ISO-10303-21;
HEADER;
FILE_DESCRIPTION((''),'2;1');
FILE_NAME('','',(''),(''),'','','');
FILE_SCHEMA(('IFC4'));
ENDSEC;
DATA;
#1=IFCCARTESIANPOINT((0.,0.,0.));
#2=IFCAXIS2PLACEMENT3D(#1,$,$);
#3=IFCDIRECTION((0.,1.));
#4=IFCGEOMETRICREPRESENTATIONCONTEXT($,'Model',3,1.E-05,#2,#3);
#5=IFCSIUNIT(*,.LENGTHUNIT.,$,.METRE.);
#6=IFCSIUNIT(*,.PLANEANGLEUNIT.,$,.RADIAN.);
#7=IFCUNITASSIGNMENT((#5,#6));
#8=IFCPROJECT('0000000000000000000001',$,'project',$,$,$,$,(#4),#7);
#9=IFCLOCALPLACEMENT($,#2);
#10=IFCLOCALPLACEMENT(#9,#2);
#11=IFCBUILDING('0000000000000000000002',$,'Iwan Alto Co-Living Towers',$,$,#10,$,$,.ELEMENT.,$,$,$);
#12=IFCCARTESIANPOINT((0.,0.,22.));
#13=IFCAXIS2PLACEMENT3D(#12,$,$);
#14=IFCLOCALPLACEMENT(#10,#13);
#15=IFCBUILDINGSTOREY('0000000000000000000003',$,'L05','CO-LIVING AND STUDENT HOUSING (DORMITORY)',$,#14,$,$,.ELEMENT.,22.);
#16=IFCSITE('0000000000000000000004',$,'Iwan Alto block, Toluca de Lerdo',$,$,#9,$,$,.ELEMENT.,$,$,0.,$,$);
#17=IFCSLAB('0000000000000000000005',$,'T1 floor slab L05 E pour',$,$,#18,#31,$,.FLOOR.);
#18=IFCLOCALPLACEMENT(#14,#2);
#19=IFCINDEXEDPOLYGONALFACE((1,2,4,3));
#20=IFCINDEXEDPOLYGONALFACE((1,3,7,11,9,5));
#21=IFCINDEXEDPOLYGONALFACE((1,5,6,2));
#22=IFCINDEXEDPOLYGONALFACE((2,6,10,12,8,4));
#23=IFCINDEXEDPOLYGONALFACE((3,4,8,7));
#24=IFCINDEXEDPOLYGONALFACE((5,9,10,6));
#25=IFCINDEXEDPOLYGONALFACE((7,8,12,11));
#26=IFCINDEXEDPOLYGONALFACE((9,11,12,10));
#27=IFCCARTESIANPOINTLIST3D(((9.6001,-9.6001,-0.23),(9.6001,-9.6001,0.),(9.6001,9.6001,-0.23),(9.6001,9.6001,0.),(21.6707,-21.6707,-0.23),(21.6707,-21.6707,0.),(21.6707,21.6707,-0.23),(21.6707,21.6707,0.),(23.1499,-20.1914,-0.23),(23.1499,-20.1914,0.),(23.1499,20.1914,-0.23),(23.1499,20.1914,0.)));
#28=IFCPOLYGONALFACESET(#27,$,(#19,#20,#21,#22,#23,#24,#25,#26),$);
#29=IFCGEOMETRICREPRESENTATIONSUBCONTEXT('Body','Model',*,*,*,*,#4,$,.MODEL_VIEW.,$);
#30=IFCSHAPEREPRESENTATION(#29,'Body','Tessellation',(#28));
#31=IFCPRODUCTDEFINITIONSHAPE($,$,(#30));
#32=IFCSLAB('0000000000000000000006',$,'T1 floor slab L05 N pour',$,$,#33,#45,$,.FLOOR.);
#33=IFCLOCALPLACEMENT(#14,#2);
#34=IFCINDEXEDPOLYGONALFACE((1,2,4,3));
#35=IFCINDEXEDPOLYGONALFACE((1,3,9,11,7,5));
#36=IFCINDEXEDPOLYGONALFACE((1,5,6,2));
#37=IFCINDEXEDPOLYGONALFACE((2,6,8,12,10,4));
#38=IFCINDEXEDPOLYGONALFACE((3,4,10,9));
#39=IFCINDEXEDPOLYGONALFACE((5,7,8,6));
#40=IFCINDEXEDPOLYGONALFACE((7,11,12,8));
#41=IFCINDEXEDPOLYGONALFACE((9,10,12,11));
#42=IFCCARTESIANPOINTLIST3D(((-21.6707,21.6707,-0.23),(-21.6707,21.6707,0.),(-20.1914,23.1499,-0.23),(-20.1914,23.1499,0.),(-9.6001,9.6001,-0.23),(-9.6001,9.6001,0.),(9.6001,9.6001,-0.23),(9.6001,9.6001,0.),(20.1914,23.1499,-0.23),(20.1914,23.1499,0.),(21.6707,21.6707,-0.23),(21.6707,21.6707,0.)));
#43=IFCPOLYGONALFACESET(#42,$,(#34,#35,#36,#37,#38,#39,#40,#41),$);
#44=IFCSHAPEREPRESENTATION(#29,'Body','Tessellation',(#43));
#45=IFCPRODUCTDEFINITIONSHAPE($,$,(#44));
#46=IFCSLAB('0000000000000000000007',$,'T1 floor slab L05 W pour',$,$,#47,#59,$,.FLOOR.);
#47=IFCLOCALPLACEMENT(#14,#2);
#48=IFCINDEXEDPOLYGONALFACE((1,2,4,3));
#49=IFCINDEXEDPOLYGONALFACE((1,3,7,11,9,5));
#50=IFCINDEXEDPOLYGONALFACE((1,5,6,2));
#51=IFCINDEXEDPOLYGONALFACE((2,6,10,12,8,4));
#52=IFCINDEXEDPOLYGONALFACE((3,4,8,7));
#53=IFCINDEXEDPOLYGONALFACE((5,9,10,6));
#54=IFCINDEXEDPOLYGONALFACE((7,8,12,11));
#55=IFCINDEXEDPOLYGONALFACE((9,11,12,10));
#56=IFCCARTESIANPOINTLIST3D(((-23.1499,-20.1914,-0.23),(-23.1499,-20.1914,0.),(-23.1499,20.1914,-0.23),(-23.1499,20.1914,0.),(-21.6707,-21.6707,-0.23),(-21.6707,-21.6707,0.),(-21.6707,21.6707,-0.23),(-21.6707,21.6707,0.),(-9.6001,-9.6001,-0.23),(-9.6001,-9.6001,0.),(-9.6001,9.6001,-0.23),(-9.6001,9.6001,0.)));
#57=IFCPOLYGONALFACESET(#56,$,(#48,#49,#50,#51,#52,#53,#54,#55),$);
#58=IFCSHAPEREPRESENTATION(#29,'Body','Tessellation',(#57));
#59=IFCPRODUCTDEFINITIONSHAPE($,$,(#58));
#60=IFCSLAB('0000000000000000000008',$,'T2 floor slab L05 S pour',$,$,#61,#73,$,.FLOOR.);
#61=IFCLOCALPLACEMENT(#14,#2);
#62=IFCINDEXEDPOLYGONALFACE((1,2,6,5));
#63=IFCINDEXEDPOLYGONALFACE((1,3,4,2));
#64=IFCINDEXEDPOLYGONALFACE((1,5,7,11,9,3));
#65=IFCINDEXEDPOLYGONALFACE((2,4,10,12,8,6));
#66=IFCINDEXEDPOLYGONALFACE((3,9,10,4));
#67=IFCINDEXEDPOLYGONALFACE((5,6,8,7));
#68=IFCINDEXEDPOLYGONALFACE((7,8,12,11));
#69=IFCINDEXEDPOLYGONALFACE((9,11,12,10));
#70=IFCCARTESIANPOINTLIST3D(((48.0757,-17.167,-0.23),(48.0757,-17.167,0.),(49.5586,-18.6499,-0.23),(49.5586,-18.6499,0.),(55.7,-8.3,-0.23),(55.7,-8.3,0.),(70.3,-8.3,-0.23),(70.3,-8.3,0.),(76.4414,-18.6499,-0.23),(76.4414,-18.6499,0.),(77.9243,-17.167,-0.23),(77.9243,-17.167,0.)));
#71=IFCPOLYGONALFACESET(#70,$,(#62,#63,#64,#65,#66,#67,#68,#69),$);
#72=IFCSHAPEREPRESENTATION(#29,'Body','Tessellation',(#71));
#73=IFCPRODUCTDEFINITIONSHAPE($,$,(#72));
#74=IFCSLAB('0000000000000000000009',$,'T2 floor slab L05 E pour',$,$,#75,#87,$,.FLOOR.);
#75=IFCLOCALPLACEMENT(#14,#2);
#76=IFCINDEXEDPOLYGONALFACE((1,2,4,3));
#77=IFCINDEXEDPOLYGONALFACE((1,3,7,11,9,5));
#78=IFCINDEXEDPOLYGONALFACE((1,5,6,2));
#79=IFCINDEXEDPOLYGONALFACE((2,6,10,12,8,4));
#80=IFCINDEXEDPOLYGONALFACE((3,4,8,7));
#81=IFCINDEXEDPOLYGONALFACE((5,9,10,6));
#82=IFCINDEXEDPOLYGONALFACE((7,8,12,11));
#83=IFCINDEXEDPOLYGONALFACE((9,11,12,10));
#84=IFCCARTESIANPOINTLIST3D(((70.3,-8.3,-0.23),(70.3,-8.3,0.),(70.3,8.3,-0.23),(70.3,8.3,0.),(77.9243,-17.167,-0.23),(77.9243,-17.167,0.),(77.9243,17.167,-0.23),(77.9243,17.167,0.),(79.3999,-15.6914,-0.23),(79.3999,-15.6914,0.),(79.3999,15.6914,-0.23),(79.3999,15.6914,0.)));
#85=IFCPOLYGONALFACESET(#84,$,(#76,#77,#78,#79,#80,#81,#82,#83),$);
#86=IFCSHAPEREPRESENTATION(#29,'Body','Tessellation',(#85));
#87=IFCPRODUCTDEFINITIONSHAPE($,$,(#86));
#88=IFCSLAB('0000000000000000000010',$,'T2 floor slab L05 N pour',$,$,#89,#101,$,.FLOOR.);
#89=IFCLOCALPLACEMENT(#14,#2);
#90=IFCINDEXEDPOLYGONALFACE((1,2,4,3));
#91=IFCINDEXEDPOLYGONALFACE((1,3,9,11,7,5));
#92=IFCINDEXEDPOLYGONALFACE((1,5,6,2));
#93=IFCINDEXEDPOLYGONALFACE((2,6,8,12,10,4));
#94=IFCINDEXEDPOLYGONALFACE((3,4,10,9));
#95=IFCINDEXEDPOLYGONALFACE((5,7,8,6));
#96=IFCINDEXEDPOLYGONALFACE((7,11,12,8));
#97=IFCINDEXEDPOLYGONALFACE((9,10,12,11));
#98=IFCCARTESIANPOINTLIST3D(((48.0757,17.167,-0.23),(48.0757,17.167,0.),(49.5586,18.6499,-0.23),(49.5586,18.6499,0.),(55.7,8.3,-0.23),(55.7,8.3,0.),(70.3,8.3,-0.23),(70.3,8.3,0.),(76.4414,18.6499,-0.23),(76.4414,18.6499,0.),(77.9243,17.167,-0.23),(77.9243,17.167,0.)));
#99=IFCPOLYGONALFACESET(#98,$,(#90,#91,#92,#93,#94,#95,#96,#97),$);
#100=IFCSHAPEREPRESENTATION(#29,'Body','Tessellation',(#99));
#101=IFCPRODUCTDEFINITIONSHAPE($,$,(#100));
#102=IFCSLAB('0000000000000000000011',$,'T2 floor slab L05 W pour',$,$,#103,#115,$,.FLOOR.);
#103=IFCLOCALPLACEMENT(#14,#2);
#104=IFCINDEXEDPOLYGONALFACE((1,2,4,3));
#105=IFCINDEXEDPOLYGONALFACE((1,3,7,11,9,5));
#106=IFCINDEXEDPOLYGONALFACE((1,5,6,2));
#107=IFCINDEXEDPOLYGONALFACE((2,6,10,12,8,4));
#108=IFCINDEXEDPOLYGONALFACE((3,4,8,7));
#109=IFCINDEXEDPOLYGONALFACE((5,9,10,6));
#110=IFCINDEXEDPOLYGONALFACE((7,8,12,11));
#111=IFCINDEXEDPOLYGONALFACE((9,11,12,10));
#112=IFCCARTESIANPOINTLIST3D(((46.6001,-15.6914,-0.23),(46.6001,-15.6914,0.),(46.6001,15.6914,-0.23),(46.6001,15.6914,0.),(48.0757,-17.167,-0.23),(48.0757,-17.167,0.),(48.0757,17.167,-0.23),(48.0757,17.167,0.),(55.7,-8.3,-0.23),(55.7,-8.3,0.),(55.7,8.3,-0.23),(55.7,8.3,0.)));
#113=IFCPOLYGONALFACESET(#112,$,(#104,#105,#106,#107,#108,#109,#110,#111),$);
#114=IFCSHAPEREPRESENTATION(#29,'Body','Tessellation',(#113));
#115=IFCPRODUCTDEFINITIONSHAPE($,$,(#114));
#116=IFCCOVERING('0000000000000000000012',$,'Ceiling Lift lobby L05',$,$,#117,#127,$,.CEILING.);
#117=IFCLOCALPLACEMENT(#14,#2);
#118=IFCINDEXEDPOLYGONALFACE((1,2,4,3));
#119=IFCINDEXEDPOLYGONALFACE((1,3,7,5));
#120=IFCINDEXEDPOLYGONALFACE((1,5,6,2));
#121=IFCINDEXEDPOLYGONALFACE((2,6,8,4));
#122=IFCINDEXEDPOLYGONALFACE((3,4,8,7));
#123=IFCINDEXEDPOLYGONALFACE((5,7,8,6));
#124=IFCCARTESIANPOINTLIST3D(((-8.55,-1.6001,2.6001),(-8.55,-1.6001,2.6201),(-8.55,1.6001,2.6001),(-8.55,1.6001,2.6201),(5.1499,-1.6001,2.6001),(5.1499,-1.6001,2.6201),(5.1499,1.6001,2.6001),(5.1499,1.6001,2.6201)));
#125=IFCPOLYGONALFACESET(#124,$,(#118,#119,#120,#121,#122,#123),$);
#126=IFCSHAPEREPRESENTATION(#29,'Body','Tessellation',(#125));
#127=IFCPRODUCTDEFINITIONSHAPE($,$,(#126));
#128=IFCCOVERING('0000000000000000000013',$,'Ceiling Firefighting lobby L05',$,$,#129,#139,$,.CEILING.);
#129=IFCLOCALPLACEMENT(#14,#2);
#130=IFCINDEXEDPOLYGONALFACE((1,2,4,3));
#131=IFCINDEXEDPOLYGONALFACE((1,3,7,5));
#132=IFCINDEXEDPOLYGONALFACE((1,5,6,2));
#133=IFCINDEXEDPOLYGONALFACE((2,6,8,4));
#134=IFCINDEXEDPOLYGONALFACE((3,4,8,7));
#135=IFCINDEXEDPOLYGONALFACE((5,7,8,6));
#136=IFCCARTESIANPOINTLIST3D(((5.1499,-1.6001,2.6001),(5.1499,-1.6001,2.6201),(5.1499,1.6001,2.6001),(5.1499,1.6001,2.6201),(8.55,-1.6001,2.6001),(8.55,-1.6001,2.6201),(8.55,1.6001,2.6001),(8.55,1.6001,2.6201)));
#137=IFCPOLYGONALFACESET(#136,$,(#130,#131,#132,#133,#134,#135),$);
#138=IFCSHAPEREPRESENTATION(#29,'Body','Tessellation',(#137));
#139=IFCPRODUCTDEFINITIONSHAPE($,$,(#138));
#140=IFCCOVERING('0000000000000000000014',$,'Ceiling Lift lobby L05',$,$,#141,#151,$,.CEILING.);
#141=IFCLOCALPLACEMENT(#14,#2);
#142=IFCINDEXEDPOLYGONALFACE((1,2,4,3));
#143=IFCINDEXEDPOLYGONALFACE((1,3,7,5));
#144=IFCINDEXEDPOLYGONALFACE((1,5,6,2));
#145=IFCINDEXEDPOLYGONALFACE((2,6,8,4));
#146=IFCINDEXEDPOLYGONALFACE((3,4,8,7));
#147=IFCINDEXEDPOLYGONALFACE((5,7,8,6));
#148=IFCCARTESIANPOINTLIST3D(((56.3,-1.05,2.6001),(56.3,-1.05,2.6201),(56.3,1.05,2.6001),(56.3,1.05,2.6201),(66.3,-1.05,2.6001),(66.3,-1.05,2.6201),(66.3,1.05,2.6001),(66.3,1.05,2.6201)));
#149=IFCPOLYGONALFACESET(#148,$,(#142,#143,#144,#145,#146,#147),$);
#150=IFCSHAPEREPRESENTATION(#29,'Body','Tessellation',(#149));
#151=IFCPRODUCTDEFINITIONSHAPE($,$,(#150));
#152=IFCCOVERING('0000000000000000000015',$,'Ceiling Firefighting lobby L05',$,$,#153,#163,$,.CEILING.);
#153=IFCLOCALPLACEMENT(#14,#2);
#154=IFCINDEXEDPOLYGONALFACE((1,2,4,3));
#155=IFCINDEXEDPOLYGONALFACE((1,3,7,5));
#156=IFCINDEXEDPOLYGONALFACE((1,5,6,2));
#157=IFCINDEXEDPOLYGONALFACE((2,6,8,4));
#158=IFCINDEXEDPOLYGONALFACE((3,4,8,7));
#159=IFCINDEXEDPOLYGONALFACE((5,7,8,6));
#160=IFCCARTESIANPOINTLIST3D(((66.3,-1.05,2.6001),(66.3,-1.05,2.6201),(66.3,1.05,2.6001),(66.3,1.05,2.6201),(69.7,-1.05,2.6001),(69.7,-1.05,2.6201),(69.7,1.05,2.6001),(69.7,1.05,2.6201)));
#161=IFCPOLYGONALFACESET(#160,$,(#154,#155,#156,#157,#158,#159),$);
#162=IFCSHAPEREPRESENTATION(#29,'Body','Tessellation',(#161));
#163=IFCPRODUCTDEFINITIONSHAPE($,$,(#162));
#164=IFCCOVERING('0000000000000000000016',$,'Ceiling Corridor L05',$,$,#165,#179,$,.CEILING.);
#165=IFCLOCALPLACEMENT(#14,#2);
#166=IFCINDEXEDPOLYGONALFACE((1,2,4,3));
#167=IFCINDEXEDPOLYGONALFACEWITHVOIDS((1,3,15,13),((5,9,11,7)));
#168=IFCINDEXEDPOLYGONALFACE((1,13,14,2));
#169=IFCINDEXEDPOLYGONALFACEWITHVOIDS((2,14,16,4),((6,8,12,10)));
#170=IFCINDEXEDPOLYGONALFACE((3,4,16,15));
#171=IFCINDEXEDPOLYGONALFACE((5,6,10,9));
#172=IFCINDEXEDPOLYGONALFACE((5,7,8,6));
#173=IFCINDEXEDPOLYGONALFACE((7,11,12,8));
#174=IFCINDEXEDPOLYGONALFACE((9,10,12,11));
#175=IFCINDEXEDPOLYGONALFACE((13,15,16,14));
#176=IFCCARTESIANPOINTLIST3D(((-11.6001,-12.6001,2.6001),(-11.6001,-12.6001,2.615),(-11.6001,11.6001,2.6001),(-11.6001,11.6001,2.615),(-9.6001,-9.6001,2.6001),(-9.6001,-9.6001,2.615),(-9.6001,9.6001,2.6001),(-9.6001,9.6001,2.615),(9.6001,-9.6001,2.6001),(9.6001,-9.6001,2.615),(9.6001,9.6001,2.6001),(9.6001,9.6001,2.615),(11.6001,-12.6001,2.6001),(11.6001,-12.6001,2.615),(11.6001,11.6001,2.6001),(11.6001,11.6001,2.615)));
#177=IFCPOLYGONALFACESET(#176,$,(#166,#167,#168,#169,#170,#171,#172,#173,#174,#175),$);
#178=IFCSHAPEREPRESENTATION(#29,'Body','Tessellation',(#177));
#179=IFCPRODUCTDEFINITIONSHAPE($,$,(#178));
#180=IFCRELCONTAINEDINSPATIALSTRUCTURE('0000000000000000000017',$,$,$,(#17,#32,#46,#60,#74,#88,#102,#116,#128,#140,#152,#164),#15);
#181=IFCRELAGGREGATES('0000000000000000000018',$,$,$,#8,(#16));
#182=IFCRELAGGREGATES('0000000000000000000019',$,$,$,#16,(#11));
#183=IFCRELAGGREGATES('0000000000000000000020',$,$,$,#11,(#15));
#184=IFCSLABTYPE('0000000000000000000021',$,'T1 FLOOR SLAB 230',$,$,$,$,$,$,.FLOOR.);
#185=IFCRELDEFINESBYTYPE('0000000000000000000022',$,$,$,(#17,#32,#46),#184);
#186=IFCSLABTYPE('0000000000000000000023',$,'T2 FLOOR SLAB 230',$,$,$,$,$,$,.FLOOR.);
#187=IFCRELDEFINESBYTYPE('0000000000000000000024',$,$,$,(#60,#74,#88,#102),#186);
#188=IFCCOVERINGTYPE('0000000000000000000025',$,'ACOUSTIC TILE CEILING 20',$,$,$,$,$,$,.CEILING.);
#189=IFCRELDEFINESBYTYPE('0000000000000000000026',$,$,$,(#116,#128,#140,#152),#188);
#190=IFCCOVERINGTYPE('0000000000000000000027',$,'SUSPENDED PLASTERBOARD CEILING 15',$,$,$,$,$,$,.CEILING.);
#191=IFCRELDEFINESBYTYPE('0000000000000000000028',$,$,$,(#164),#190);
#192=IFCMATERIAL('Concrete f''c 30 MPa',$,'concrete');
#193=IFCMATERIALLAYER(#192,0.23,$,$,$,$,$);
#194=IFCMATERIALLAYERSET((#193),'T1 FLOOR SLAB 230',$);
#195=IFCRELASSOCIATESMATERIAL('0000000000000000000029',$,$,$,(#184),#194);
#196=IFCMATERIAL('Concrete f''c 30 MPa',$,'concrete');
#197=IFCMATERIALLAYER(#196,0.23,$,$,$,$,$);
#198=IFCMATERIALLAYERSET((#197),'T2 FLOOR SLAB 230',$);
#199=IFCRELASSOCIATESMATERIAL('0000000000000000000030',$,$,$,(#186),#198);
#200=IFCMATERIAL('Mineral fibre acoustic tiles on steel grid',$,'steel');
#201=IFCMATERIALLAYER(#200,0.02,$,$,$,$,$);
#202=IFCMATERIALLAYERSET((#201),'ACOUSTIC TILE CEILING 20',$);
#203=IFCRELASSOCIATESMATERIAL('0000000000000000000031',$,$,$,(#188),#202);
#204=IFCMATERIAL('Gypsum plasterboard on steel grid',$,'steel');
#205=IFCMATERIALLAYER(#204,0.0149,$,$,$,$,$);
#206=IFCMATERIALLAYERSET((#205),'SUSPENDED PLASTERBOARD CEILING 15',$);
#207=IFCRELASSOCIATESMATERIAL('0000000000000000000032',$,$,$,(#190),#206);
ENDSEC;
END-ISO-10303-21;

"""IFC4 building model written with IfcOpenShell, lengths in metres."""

from ifc_helpers import new_model, si_unit, direction, frame, origin, place, context, subcontext, project, spatial, polyline, outline, extrude, material, layer, layer_set, type_object, element, save


model = new_model("IFC4")

# Units and contexts
model_context = context("Model", 3, precision=1e-05, world=origin(), true_north=direction((0.0, 1.0)))
body_context = subcontext(model_context, "Body", "Model", "MODEL_VIEW")
ifc_project = project(units=[si_unit("LENGTHUNIT", "METRE"), si_unit("PLANEANGLEUNIT", "RADIAN")], contexts=[model_context])

# Site, building, storey
site_placement = place(None, origin())
site = spatial("IfcSite", under=ifc_project, at=site_placement, Name="Iwan Alto block, Toluca de Lerdo", CompositionType="ELEMENT", RefElevation=0.0)
building_placement = place(site_placement, origin())
building = spatial("IfcBuilding", under=site, at=building_placement, Name="Iwan Alto Co-Living Towers", CompositionType="ELEMENT")
storey_placement = place(building_placement, frame((0.0, 0.0, 22.0)))
storey = spatial("IfcBuildingStorey", under=building, at=storey_placement, Name="L05", Description="CO-LIVING AND STUDENT HOUSING (DORMITORY)", CompositionType="ELEMENT", Elevation=22.0)

# Slabs
ifc_material_1 = material(Name="Concrete f'c 30 MPa", Category="concrete")
ifc_layer_1 = layer(ifc_material_1, 0.23)
ifc_layer_set_1 = layer_set([ifc_layer_1], Name="T1 FLOOR SLAB 230")
slab_type_1 = type_object("IfcSlabType", Name="T1 FLOOR SLAB 230", PredefinedType="FLOOR", material=ifc_layer_set_1)
slab_1_placement = place(storey_placement, frame((0.0, 0.0, -0.23)))
element("IfcSlab", 1, at=slab_1_placement, inside=storey, type_object=slab_type_1, Name="T1 floor slab L05 E pour", PredefinedType="FLOOR", context=body_context, shape_type="SweptSolid", body=[
    extrude(outline(polyline([(23.1499, 20.1914), (23.1499, -20.1914), (21.6707, -21.6707), (9.6001, -9.6001), (9.6001, 9.6001), (21.6707, 21.6707), (23.1499, 20.1914)])), origin(), (0.0, 0.0, 1.0), 0.23),
])
slab_2_placement = place(storey_placement, frame((0.0, 0.0, -0.23)))
element("IfcSlab", 2, at=slab_2_placement, inside=storey, type_object=slab_type_1, Name="T1 floor slab L05 N pour", PredefinedType="FLOOR", context=body_context, shape_type="SweptSolid", body=[
    extrude(outline(polyline([(-20.1914, 23.1499), (20.1914, 23.1499), (21.6707, 21.6707), (9.6001, 9.6001), (-9.6001, 9.6001), (-21.6707, 21.6707), (-20.1914, 23.1499)])), origin(), (0.0, 0.0, 1.0), 0.23),
])
slab_3_placement = place(storey_placement, frame((0.0, 0.0, -0.23)))
element("IfcSlab", 3, at=slab_3_placement, inside=storey, type_object=slab_type_1, Name="T1 floor slab L05 W pour", PredefinedType="FLOOR", context=body_context, shape_type="SweptSolid", body=[
    extrude(outline(polyline([(-23.1499, 20.1914), (-21.6707, 21.6707), (-9.6001, 9.6001), (-9.6001, -9.6001), (-21.6707, -21.6707), (-23.1499, -20.1914), (-23.1499, 20.1914)])), origin(), (0.0, 0.0, 1.0), 0.23),
])
ifc_material_2 = material(Name="Concrete f'c 30 MPa", Category="concrete")
ifc_layer_2 = layer(ifc_material_2, 0.23)
ifc_layer_set_2 = layer_set([ifc_layer_2], Name="T2 FLOOR SLAB 230")
slab_type_2 = type_object("IfcSlabType", Name="T2 FLOOR SLAB 230", PredefinedType="FLOOR", material=ifc_layer_set_2)
slab_4_placement = place(storey_placement, frame((0.0, 0.0, -0.23)))
element("IfcSlab", 4, at=slab_4_placement, inside=storey, type_object=slab_type_2, Name="T2 floor slab L05 S pour", PredefinedType="FLOOR", context=body_context, shape_type="SweptSolid", body=[
    extrude(outline(polyline([(76.4414, -18.6499), (49.5586, -18.6499), (48.0757, -17.167), (55.7, -8.3), (70.3, -8.3), (77.9243, -17.167), (76.4414, -18.6499)])), origin(), (0.0, 0.0, 1.0), 0.23),
])
slab_5_placement = place(storey_placement, frame((0.0, 0.0, -0.23)))
element("IfcSlab", 5, at=slab_5_placement, inside=storey, type_object=slab_type_2, Name="T2 floor slab L05 E pour", PredefinedType="FLOOR", context=body_context, shape_type="SweptSolid", body=[
    extrude(outline(polyline([(79.3999, 15.6914), (79.3999, -15.6914), (77.9243, -17.167), (70.3, -8.3), (70.3, 8.3), (77.9243, 17.167), (79.3999, 15.6914)])), origin(), (0.0, 0.0, 1.0), 0.23),
])
slab_6_placement = place(storey_placement, frame((0.0, 0.0, -0.23)))
element("IfcSlab", 6, at=slab_6_placement, inside=storey, type_object=slab_type_2, Name="T2 floor slab L05 N pour", PredefinedType="FLOOR", context=body_context, shape_type="SweptSolid", body=[
    extrude(outline(polyline([(49.5586, 18.6499), (76.4414, 18.6499), (77.9243, 17.167), (70.3, 8.3), (55.7, 8.3), (48.0757, 17.167), (49.5586, 18.6499)])), origin(), (0.0, 0.0, 1.0), 0.23),
])
slab_7_placement = place(storey_placement, frame((0.0, 0.0, -0.23)))
element("IfcSlab", 7, at=slab_7_placement, inside=storey, type_object=slab_type_2, Name="T2 floor slab L05 W pour", PredefinedType="FLOOR", context=body_context, shape_type="SweptSolid", body=[
    extrude(outline(polyline([(46.6001, 15.6914), (48.0757, 17.167), (55.7, 8.3), (55.7, -8.3), (48.0757, -17.167), (46.6001, -15.6914), (46.6001, 15.6914)])), origin(), (0.0, 0.0, 1.0), 0.23),
])

# Coverings
ifc_material_3 = material(Name="Mineral fibre acoustic tiles on steel grid", Category="steel")
ifc_layer_3 = layer(ifc_material_3, 0.02)
ifc_layer_set_3 = layer_set([ifc_layer_3], Name="ACOUSTIC TILE CEILING 20")
covering_type_1 = type_object("IfcCoveringType", Name="ACOUSTIC TILE CEILING 20", PredefinedType="CEILING", material=ifc_layer_set_3)
covering_1_placement = place(storey_placement, frame((0.0, 0.0, 2.6001)))
element("IfcCovering", 8, at=covering_1_placement, inside=storey, type_object=covering_type_1, Name="Ceiling Lift lobby L05", PredefinedType="CEILING", context=body_context, shape_type="SweptSolid", body=[
    extrude(outline(polyline([(-8.55, -1.6001), (-8.55, 1.6001), (5.1499, 1.6001), (5.1499, -1.6001), (-8.55, -1.6001)])), origin(), (0.0, 0.0, 1.0), 0.02),
])
covering_2_placement = place(storey_placement, frame((0.0, 0.0, 2.6001)))
element("IfcCovering", 9, at=covering_2_placement, inside=storey, type_object=covering_type_1, Name="Ceiling Firefighting lobby L05", PredefinedType="CEILING", context=body_context, shape_type="SweptSolid", body=[
    extrude(outline(polyline([(5.1499, -1.6001), (5.1499, 1.6001), (8.55, 1.6001), (8.55, -1.6001), (5.1499, -1.6001)])), origin(), (0.0, 0.0, 1.0), 0.02),
])
covering_3_placement = place(storey_placement, frame((0.0, 0.0, 2.6001)))
element("IfcCovering", 10, at=covering_3_placement, inside=storey, type_object=covering_type_1, Name="Ceiling Lift lobby L05", PredefinedType="CEILING", context=body_context, shape_type="SweptSolid", body=[
    extrude(outline(polyline([(56.3, -1.05), (56.3, 1.05), (66.3, 1.05), (66.3, -1.05), (56.3, -1.05)])), origin(), (0.0, 0.0, 1.0), 0.02),
])
covering_4_placement = place(storey_placement, frame((0.0, 0.0, 2.6001)))
element("IfcCovering", 11, at=covering_4_placement, inside=storey, type_object=covering_type_1, Name="Ceiling Firefighting lobby L05", PredefinedType="CEILING", context=body_context, shape_type="SweptSolid", body=[
    extrude(outline(polyline([(66.3, -1.05), (66.3, 1.05), (69.7, 1.05), (69.7, -1.05), (66.3, -1.05)])), origin(), (0.0, 0.0, 1.0), 0.02),
])
ifc_material_4 = material(Name="Gypsum plasterboard on steel grid", Category="steel")
ifc_layer_4 = layer(ifc_material_4, 0.0149)
ifc_layer_set_4 = layer_set([ifc_layer_4], Name="SUSPENDED PLASTERBOARD CEILING 15")
covering_type_2 = type_object("IfcCoveringType", Name="SUSPENDED PLASTERBOARD CEILING 15", PredefinedType="CEILING", material=ifc_layer_set_4)
covering_5_placement = place(storey_placement, frame((0.0, 0.0, 2.6001)))
element("IfcCovering", 12, at=covering_5_placement, inside=storey, type_object=covering_type_2, Name="Ceiling Corridor L05", PredefinedType="CEILING", context=body_context, shape_type="SweptSolid", body=[
    extrude(outline(polyline([(-11.6001, 11.6001), (11.6001, 11.6001), (11.6001, -12.6001), (-11.6001, -12.6001), (-11.6001, 11.6001)]), holes=[polyline([(-9.6001, 9.6001), (-9.6001, -9.6001), (9.6001, -9.6001), (9.6001, 9.6001), (-9.6001, 9.6001)])]), origin(), (0.0, 0.0, 1.0), 0.0149),
])

save(model, "model.ifc")
